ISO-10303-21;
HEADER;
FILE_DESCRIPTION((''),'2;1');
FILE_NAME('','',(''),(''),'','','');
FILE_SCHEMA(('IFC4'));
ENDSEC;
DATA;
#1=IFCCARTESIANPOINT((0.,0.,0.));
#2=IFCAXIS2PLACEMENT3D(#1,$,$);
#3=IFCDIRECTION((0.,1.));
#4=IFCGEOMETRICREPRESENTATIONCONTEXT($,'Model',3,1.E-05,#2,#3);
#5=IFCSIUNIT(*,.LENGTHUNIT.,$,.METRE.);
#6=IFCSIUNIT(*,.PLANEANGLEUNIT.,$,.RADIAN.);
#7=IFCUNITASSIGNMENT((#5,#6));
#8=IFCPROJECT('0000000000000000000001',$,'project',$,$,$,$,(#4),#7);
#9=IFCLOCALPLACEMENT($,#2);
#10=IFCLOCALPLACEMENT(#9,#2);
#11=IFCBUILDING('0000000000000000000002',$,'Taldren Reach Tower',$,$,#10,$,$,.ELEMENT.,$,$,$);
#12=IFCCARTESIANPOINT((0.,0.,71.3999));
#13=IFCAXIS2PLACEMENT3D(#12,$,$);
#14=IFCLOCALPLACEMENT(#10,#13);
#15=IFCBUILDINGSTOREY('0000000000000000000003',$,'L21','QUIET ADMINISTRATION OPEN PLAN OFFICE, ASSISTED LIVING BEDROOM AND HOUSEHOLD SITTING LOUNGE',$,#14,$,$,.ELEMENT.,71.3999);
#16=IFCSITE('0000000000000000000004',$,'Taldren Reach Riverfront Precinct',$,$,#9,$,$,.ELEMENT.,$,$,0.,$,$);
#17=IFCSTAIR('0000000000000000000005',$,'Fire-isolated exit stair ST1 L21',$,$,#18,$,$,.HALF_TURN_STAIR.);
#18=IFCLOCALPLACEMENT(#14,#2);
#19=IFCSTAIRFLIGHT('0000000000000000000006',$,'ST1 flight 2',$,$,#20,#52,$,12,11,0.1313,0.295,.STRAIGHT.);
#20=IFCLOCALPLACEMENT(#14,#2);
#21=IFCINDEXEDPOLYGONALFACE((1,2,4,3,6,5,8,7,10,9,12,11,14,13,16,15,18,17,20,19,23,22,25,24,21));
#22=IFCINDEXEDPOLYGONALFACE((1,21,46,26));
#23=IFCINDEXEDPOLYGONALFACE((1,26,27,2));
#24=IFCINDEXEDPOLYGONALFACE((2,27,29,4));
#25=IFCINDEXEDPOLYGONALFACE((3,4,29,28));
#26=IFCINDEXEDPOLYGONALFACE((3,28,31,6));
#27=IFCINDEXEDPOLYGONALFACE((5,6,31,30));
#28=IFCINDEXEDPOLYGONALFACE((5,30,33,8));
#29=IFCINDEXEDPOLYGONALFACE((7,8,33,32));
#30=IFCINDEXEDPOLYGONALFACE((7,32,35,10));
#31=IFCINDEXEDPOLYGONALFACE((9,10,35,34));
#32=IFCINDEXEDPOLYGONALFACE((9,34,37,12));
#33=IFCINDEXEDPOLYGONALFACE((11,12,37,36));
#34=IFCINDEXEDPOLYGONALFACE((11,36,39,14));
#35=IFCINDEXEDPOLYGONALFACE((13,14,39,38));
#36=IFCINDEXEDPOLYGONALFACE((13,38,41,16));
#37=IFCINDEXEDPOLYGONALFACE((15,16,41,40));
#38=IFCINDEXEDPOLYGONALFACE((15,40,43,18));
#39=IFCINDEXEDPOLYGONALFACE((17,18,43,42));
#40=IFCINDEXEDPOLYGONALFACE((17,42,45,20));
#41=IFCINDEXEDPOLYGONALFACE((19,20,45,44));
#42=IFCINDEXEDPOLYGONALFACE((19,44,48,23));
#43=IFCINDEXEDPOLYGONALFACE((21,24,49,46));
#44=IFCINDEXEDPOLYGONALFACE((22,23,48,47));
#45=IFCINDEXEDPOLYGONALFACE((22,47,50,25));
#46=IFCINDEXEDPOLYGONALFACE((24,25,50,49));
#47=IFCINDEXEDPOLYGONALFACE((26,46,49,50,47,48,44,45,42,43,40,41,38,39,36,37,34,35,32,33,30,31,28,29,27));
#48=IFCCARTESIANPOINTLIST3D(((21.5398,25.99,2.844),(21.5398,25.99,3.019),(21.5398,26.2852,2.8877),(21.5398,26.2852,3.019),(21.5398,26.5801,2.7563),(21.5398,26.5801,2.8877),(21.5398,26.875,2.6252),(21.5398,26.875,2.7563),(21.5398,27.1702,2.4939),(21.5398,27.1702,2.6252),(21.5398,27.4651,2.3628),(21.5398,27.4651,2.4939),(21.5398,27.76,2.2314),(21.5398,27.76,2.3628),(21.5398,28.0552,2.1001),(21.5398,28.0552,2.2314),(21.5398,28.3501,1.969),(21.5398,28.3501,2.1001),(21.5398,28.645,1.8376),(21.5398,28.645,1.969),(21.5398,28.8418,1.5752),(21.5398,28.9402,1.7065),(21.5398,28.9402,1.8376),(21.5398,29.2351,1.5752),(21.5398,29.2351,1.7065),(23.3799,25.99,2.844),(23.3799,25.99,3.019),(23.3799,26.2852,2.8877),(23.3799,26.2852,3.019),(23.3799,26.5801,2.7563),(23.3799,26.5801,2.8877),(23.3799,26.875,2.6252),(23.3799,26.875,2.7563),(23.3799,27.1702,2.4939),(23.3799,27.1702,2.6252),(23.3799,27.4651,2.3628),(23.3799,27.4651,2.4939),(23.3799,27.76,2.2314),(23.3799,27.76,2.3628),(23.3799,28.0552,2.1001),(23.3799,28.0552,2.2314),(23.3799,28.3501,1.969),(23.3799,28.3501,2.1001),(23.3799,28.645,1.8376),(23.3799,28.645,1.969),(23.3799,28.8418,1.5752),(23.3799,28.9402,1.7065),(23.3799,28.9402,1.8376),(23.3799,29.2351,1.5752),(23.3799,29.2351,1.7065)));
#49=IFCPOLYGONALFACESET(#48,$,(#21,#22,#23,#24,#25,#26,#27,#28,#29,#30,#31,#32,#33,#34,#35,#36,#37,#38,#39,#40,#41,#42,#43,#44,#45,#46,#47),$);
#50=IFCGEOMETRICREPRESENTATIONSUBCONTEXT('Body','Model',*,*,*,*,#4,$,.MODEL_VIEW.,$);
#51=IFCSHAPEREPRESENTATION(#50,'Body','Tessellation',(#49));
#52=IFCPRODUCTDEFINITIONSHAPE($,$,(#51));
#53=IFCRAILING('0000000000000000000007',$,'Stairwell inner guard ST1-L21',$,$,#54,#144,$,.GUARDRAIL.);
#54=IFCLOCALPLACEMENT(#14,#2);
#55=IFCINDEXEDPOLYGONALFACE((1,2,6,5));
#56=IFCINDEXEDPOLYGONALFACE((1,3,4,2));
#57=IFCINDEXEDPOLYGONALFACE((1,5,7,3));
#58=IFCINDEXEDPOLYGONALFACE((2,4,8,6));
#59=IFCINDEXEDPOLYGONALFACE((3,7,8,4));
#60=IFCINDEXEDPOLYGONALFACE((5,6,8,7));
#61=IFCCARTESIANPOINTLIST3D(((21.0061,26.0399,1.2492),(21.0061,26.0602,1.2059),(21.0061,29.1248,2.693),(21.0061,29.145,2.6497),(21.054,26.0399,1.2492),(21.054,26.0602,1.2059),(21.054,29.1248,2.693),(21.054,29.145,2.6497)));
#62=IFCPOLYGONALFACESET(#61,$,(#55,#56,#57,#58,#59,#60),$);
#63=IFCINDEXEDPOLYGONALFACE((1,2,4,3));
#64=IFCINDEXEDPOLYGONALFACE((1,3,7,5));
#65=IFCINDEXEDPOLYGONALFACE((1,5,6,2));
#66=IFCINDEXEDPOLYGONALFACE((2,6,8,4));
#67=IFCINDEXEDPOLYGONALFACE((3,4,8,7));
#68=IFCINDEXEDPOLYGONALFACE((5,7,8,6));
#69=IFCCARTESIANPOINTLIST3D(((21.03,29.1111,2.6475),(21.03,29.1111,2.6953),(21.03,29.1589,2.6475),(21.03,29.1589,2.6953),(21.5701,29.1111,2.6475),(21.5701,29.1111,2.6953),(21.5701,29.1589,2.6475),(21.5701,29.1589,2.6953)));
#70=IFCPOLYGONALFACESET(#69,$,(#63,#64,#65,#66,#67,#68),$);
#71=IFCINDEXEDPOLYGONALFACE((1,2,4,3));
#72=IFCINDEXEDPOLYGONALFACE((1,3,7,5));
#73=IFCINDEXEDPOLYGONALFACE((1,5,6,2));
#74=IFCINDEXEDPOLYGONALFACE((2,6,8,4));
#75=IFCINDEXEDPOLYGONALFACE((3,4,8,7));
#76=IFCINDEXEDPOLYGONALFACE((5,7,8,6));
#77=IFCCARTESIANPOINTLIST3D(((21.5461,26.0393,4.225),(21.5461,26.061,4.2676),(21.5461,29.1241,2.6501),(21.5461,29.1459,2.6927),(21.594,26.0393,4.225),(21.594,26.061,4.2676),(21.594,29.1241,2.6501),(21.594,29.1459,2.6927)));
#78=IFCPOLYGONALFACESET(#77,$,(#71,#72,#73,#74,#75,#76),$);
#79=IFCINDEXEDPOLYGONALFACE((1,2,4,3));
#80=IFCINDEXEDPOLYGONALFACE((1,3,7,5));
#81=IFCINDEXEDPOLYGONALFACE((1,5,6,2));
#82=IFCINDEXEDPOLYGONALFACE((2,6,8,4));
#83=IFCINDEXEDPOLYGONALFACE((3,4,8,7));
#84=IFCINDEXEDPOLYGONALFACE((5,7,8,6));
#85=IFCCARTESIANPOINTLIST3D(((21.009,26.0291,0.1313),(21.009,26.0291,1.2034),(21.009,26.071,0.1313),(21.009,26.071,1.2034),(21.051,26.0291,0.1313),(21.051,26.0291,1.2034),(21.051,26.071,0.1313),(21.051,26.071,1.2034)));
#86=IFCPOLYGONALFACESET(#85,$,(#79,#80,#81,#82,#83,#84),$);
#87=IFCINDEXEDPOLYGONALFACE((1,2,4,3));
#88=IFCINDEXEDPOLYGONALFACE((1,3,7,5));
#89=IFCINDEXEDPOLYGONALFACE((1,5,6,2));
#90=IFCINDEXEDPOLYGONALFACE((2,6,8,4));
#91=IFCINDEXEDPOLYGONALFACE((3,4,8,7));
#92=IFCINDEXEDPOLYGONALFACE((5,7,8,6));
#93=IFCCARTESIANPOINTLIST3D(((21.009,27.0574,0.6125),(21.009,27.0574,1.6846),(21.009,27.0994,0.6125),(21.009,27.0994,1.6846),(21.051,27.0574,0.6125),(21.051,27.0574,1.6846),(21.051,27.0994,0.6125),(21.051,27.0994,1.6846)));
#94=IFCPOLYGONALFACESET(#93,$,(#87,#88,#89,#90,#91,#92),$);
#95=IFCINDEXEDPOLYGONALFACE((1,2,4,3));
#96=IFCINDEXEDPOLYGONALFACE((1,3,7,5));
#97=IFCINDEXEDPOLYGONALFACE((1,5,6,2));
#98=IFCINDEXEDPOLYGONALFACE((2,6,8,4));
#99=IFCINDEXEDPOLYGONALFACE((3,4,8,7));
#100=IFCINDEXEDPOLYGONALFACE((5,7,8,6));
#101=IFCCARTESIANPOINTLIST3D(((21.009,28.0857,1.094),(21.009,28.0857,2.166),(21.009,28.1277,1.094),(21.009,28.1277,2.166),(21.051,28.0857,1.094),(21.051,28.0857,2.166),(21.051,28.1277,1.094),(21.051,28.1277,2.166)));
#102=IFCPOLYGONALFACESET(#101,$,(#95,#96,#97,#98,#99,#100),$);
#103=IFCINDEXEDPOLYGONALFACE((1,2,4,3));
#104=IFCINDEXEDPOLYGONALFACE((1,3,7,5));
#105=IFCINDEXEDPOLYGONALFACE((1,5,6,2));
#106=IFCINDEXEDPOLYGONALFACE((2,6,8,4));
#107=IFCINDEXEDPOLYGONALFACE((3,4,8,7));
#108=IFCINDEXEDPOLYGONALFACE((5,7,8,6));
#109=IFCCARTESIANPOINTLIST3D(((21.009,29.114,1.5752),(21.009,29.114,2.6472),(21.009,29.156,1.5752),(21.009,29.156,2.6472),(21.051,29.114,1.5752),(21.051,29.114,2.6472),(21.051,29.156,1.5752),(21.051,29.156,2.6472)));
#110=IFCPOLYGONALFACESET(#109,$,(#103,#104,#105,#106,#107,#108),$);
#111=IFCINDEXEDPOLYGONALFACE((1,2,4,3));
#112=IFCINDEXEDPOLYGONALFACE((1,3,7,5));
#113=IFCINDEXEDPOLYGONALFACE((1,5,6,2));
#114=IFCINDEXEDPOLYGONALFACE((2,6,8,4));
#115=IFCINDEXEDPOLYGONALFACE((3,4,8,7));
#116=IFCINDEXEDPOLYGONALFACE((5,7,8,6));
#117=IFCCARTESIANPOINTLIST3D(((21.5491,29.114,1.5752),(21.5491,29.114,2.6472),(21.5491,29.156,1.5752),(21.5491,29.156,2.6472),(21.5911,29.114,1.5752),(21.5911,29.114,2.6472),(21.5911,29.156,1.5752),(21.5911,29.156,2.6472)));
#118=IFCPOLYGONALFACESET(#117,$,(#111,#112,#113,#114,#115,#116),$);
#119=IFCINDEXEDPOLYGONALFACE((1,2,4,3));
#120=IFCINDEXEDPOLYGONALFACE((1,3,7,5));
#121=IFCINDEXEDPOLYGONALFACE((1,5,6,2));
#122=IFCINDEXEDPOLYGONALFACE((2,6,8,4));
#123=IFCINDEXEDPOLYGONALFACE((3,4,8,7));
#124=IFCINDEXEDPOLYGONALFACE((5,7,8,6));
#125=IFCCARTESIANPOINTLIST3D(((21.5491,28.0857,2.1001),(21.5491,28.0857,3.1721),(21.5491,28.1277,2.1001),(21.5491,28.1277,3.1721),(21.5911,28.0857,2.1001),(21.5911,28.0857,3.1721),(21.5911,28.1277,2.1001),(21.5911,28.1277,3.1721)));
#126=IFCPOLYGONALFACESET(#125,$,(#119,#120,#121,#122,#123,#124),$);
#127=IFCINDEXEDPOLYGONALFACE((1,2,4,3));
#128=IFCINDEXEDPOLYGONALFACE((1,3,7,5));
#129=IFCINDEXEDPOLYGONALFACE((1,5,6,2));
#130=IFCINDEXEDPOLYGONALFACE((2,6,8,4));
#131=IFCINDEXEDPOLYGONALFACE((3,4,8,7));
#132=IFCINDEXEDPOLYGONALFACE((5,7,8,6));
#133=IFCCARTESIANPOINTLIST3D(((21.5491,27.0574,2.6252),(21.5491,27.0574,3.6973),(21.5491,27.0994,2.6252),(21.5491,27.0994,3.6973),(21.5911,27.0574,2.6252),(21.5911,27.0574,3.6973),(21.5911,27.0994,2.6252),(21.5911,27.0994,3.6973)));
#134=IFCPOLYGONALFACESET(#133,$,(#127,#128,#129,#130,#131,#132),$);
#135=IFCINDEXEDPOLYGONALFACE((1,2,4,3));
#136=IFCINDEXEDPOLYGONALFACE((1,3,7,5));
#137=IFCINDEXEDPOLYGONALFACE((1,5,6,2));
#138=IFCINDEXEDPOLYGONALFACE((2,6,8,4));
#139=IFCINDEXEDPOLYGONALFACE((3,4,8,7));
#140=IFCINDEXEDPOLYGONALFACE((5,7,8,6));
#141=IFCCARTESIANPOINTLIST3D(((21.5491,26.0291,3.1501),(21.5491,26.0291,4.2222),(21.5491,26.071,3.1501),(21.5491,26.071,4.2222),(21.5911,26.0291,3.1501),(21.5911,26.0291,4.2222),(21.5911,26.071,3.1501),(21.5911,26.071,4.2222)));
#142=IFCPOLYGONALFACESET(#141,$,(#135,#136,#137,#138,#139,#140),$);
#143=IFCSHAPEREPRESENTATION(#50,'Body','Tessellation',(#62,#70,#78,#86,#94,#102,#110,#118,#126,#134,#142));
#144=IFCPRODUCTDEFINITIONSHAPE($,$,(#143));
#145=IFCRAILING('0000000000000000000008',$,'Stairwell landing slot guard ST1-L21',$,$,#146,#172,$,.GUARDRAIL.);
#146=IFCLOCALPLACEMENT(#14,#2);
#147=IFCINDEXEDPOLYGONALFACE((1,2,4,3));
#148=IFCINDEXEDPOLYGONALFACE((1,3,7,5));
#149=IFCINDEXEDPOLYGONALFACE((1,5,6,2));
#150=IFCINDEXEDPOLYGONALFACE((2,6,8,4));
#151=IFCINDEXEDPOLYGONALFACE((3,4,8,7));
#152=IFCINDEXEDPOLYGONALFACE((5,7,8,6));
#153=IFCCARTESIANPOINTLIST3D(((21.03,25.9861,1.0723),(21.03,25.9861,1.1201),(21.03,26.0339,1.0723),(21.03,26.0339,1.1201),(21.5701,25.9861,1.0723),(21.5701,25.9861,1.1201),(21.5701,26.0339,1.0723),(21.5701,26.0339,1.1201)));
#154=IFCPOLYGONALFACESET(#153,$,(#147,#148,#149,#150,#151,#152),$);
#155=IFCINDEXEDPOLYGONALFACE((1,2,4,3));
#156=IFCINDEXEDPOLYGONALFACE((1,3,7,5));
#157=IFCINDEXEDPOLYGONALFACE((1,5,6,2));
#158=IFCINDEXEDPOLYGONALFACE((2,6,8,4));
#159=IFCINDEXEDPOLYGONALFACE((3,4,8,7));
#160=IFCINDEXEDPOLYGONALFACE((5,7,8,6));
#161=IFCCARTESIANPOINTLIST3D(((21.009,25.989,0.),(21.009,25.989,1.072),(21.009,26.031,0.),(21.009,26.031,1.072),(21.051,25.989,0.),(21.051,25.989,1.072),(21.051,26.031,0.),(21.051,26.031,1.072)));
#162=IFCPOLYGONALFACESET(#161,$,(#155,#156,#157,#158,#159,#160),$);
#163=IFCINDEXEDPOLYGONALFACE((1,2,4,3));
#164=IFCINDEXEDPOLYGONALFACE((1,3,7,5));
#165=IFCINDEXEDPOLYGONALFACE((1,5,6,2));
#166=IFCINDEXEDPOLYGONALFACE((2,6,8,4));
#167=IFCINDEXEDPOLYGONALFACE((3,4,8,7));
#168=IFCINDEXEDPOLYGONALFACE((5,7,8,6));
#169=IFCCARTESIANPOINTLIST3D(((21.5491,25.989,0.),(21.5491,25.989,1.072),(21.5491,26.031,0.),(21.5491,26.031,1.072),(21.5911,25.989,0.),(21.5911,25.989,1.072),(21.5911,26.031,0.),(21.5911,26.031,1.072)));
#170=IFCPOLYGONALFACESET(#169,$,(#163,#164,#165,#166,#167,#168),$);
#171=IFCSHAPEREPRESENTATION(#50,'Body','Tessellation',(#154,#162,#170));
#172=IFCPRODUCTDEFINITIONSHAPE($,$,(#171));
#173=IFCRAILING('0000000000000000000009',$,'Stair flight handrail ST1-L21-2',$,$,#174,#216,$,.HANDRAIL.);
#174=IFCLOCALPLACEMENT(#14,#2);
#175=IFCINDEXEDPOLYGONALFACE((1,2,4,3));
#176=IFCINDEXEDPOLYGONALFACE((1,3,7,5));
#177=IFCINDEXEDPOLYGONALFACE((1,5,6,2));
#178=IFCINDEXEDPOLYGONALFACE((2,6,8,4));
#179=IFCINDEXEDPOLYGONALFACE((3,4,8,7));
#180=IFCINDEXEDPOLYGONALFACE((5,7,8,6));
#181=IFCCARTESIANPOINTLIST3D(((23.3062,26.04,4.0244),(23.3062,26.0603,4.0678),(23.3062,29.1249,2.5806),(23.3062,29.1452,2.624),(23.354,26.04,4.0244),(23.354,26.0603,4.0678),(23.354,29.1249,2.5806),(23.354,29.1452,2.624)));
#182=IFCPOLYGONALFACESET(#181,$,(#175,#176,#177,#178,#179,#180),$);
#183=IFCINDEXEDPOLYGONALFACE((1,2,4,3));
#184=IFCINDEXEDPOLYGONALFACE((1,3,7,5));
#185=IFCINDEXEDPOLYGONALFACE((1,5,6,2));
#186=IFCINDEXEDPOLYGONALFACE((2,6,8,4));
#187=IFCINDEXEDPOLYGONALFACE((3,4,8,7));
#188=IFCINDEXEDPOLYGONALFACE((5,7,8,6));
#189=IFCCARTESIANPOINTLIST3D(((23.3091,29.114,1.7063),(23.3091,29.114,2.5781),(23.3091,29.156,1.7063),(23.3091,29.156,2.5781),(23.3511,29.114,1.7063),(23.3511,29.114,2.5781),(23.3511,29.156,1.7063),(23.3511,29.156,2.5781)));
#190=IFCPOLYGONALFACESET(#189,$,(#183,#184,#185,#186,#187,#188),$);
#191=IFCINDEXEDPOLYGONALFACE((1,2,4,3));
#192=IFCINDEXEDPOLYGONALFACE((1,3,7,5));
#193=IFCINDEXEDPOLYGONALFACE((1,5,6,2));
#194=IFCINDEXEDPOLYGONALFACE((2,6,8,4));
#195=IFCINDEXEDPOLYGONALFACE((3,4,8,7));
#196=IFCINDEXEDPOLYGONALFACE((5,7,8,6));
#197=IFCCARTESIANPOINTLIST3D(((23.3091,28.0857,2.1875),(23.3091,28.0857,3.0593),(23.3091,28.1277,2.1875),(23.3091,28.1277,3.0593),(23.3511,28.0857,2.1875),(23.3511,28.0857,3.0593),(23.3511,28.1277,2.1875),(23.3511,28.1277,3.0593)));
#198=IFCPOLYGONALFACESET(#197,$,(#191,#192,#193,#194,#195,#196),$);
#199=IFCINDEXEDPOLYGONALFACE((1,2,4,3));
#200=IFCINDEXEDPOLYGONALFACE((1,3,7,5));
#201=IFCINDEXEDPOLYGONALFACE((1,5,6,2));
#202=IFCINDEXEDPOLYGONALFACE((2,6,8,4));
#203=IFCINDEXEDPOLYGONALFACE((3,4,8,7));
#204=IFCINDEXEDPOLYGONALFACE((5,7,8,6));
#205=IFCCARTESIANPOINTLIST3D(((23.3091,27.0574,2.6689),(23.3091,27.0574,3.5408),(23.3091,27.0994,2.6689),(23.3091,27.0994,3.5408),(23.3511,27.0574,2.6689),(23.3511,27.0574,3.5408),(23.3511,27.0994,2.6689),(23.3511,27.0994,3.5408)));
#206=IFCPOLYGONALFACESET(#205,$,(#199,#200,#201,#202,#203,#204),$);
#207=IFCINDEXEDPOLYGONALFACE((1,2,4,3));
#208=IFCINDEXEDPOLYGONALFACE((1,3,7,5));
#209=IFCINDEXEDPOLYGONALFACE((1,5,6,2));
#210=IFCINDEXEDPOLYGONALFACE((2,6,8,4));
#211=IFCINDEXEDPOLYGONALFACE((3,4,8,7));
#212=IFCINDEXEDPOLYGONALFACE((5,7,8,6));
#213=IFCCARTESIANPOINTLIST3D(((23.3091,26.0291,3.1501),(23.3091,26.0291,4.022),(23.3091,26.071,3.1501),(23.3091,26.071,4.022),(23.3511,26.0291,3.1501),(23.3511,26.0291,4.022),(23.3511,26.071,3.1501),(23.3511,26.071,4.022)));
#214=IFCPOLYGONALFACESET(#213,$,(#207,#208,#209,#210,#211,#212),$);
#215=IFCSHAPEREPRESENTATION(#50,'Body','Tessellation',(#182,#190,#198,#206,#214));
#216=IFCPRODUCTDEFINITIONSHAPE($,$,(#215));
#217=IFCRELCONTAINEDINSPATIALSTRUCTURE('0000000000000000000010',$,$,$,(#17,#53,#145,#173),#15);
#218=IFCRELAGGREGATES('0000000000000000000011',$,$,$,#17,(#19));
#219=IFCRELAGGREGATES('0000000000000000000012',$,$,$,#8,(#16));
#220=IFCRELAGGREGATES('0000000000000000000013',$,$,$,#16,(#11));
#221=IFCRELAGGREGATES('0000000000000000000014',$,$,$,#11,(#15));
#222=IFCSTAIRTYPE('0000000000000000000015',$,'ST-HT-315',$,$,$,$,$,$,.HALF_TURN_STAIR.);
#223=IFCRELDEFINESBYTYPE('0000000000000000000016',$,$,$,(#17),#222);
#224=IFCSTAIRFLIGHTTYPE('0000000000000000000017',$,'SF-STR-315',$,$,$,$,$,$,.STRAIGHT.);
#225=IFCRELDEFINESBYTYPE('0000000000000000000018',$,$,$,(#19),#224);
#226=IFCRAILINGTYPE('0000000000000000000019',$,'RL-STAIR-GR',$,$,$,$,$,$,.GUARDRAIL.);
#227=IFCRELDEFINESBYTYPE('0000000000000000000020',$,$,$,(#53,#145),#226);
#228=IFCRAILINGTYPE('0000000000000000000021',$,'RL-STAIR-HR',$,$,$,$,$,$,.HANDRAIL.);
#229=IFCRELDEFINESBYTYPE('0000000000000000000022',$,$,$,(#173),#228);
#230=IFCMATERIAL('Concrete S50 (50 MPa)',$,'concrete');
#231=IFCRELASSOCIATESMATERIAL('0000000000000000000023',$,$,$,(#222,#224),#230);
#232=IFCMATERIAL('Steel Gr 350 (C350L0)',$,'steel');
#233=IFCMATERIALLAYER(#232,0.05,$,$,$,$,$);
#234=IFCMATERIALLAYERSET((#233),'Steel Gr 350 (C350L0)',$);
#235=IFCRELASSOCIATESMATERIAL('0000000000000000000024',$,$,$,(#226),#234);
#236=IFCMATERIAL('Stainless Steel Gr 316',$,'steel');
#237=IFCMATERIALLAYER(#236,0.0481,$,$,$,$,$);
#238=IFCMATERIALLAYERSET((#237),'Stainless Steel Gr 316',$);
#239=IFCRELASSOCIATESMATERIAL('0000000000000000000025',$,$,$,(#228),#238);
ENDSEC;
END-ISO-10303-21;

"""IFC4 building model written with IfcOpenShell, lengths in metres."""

from ifc_helpers import new_model, si_unit, direction, frame, origin, origin_2d, place, context, subcontext, project, spatial, polyline, rectangle, outline, extrude, material, layer, layer_set, type_object, element, aggregate, save


model = new_model("IFC4")

# Units and contexts
model_context = context("Model", 3, precision=1e-05, world=origin(), true_north=direction((0.0, 1.0)))
body_context = subcontext(model_context, "Body", "Model", "MODEL_VIEW")
ifc_project = project(units=[si_unit("LENGTHUNIT", "METRE"), si_unit("PLANEANGLEUNIT", "RADIAN")], contexts=[model_context])

# Site, building, storey
site_placement = place(None, origin())
site = spatial("IfcSite", under=ifc_project, at=site_placement, Name="Taldren Reach Riverfront Precinct", CompositionType="ELEMENT", RefElevation=0.0)
building_placement = place(site_placement, origin())
building = spatial("IfcBuilding", under=site, at=building_placement, Name="Taldren Reach Tower", CompositionType="ELEMENT")
storey_placement = place(building_placement, frame((0.0, 0.0, 71.3999)))
storey = spatial("IfcBuildingStorey", under=building, at=storey_placement, Name="L21", Description="QUIET ADMINISTRATION OPEN PLAN OFFICE, ASSISTED LIVING BEDROOM AND HOUSEHOLD SITTING LOUNGE", CompositionType="ELEMENT", Elevation=71.3999)

# Shared definitions
ifc_material_1 = material(Name="Concrete S50 (50 MPa)", Category="concrete")

# Stair, stair flight
stair_type = type_object("IfcStairType", Name="ST-HT-315", PredefinedType="HALF_TURN_STAIR", material=ifc_material_1)
stair_placement = place(storey_placement, origin())
stair = element("IfcStair", 1, at=stair_placement, inside=storey, type_object=stair_type, Name="Fire-isolated exit stair ST1 L21", PredefinedType="HALF_TURN_STAIR")
stair_flight_type = type_object("IfcStairFlightType", Name="SF-STR-315", PredefinedType="STRAIGHT", material=ifc_material_1)
stair_flight_1_placement = place(storey_placement, frame((22.46, 29.2351, 1.5752), z_axis=(0.0, 0.0, 1.0), x_axis=(0.0, -1.0, 0.0)))
stair_flight_1 = element("IfcStairFlight", 2, at=stair_flight_1_placement, type_object=stair_flight_type, Name="ST1 flight 2", NumberOfRisers=12, NumberOfTreads=11, PredefinedType="STRAIGHT", RiserHeight=0.1313, TreadLength=0.295, context=body_context, shape_type="SweptSolid", body=[
    extrude(outline(polyline([(0.0, 0.0), (0.0, 0.1313), (0.2949, 0.1313), (0.2949, 0.2625), (0.5901, 0.2625), (0.5901, 0.3938), (0.885, 0.3938), (0.885, 0.5249), (1.1799, 0.5249), (1.1799, 0.6562), (1.4751, 0.6562), (1.4751, 0.7876), (1.77, 0.7876), (1.77, 0.9187), (2.0649, 0.9187), (2.0649, 1.05), (2.3601, 1.05), (2.3601, 1.1812), (2.655, 1.1812), (2.655, 1.3125), (2.95, 1.3125), (2.95, 1.4438), (3.2451, 1.4438), (3.2451, 1.575), (3.2451, 1.2688), (0.3933, 0.0), (0.0, 0.0)])), frame((0.0, 0.9199, 0.0), z_axis=(0.0, -1.0, 0.0), x_axis=(1.0, 0.0, 0.0)), (0.0, 0.0, 1.0), 1.8401),
])
aggregate(stair, [stair_flight_1])

# Railings
ifc_material_2 = material(Name="Steel Gr 350 (C350L0)", Category="steel")
ifc_layer_1 = layer(ifc_material_2, 0.05)
ifc_layer_set_1 = layer_set([ifc_layer_1], Name="Steel Gr 350 (C350L0)")
railing_type_1 = type_object("IfcRailingType", Name="RL-STAIR-GR", PredefinedType="GUARDRAIL", material=ifc_layer_set_1)
railing_1_placement = place(storey_placement, frame((21.03, 26.05, 0.1313)))
element("IfcRailing", 3, at=railing_1_placement, inside=storey, type_object=railing_type_1, Name="Stairwell inner guard ST1-L21", PredefinedType="GUARDRAIL", context=body_context, shape_type="SweptSolid", body=[
    extrude(rectangle(XDim=0.0479, YDim=0.0479, at=origin_2d()), frame((0.0, 0.0, 1.0962), z_axis=(0.0, 0.90571, 0.423898), x_axis=(-1.0, 0.0, 0.0)), (0.0, 0.0, 1.0), 3.406),
    extrude(rectangle(XDim=0.0479, YDim=0.0479, at=origin_2d()), frame((0.0, 3.085, 2.54), z_axis=(1.0, 0.0, 0.0), x_axis=(0.0, 1.0, 0.0)), (0.0, 0.0, 1.0), 0.54),
    extrude(rectangle(XDim=0.0479, YDim=0.0479, at=origin_2d()), frame((0.54, 3.085, 2.54), z_axis=(0.0, -0.890646, 0.454697), x_axis=(1.0, 0.0, 0.0)), (0.0, 0.0, 1.0), 3.4636),
    extrude(rectangle(XDim=0.042, YDim=0.042, at=origin_2d()), origin(), (0.0, 0.0, 1.0), 1.072),
    extrude(rectangle(XDim=0.042, YDim=0.042, at=origin_2d()), frame((0.0, 1.0283, 0.4812)), (0.0, 0.0, 1.0), 1.072),
    extrude(rectangle(XDim=0.042, YDim=0.042, at=origin_2d()), frame((0.0, 2.0566, 0.9626)), (0.0, 0.0, 1.0), 1.072),
    extrude(rectangle(XDim=0.042, YDim=0.042, at=origin_2d()), frame((0.0, 3.085, 1.4438)), (0.0, 0.0, 1.0), 1.072),
    extrude(rectangle(XDim=0.042, YDim=0.042, at=origin_2d()), frame((0.54, 3.085, 1.4438)), (0.0, 0.0, 1.0), 1.072),
    extrude(rectangle(XDim=0.042, YDim=0.042, at=origin_2d()), frame((0.54, 2.0566, 1.9688)), (0.0, 0.0, 1.0), 1.072),
    extrude(rectangle(XDim=0.042, YDim=0.042, at=origin_2d()), frame((0.54, 1.0283, 2.4939)), (0.0, 0.0, 1.0), 1.072),
    extrude(rectangle(XDim=0.042, YDim=0.042, at=origin_2d()), frame((0.54, 0.0, 3.0188)), (0.0, 0.0, 1.0), 1.072),
])
railing_2_placement = place(storey_placement, frame((21.03, 26.01, 0.0)))
element("IfcRailing", 4, at=railing_2_placement, inside=storey, type_object=railing_type_1, Name="Stairwell landing slot guard ST1-L21", PredefinedType="GUARDRAIL", context=body_context, shape_type="SweptSolid", body=[
    extrude(rectangle(XDim=0.0479, YDim=0.0479, at=origin_2d()), frame((0.0, 0.0, 1.0962), z_axis=(1.0, 0.0, 0.0), x_axis=(0.0, 1.0, 0.0)), (0.0, 0.0, 1.0), 0.54),
    extrude(rectangle(XDim=0.042, YDim=0.042, at=origin_2d()), origin(), (0.0, 0.0, 1.0), 1.072),
    extrude(rectangle(XDim=0.042, YDim=0.042, at=origin_2d()), frame((0.54, 0.0, 0.0)), (0.0, 0.0, 1.0), 1.072),
])
ifc_material_3 = material(Name="Stainless Steel Gr 316", Category="steel")
ifc_layer_2 = layer(ifc_material_3, 0.0481)
ifc_layer_set_2 = layer_set([ifc_layer_2], Name="Stainless Steel Gr 316")
railing_type_2 = type_object("IfcRailingType", Name="RL-STAIR-HR", PredefinedType="HANDRAIL", material=ifc_layer_set_2)
railing_3_placement = place(storey_placement, frame((23.3301, 29.135, 1.7063)))
element("IfcRailing", 5, at=railing_3_placement, inside=storey, type_object=railing_type_2, Name="Stair flight handrail ST1-L21-2", PredefinedType="HANDRAIL", context=body_context, shape_type="SweptSolid", body=[
    extrude(rectangle(XDim=0.0479, YDim=0.0479, at=origin_2d()), frame((0.0, 0.0, 0.896), z_axis=(0.0, -0.90571, 0.423898), x_axis=(1.0, 0.0, 0.0)), (0.0, 0.0, 1.0), 3.406),
    extrude(rectangle(XDim=0.042, YDim=0.042, at=origin_2d()), origin(), (0.0, 0.0, 1.0), 0.8718),
    extrude(rectangle(XDim=0.042, YDim=0.042, at=origin_2d()), frame((0.0, -1.0283, 0.4812)), (0.0, 0.0, 1.0), 0.8718),
    extrude(rectangle(XDim=0.042, YDim=0.042, at=origin_2d()), frame((0.0, -2.0566, 0.9626)), (0.0, 0.0, 1.0), 0.8718),
    extrude(rectangle(XDim=0.042, YDim=0.042, at=origin_2d()), frame((0.0, -3.085, 1.4438)), (0.0, 0.0, 1.0), 0.8718),
])

save(model, "model.ifc")
